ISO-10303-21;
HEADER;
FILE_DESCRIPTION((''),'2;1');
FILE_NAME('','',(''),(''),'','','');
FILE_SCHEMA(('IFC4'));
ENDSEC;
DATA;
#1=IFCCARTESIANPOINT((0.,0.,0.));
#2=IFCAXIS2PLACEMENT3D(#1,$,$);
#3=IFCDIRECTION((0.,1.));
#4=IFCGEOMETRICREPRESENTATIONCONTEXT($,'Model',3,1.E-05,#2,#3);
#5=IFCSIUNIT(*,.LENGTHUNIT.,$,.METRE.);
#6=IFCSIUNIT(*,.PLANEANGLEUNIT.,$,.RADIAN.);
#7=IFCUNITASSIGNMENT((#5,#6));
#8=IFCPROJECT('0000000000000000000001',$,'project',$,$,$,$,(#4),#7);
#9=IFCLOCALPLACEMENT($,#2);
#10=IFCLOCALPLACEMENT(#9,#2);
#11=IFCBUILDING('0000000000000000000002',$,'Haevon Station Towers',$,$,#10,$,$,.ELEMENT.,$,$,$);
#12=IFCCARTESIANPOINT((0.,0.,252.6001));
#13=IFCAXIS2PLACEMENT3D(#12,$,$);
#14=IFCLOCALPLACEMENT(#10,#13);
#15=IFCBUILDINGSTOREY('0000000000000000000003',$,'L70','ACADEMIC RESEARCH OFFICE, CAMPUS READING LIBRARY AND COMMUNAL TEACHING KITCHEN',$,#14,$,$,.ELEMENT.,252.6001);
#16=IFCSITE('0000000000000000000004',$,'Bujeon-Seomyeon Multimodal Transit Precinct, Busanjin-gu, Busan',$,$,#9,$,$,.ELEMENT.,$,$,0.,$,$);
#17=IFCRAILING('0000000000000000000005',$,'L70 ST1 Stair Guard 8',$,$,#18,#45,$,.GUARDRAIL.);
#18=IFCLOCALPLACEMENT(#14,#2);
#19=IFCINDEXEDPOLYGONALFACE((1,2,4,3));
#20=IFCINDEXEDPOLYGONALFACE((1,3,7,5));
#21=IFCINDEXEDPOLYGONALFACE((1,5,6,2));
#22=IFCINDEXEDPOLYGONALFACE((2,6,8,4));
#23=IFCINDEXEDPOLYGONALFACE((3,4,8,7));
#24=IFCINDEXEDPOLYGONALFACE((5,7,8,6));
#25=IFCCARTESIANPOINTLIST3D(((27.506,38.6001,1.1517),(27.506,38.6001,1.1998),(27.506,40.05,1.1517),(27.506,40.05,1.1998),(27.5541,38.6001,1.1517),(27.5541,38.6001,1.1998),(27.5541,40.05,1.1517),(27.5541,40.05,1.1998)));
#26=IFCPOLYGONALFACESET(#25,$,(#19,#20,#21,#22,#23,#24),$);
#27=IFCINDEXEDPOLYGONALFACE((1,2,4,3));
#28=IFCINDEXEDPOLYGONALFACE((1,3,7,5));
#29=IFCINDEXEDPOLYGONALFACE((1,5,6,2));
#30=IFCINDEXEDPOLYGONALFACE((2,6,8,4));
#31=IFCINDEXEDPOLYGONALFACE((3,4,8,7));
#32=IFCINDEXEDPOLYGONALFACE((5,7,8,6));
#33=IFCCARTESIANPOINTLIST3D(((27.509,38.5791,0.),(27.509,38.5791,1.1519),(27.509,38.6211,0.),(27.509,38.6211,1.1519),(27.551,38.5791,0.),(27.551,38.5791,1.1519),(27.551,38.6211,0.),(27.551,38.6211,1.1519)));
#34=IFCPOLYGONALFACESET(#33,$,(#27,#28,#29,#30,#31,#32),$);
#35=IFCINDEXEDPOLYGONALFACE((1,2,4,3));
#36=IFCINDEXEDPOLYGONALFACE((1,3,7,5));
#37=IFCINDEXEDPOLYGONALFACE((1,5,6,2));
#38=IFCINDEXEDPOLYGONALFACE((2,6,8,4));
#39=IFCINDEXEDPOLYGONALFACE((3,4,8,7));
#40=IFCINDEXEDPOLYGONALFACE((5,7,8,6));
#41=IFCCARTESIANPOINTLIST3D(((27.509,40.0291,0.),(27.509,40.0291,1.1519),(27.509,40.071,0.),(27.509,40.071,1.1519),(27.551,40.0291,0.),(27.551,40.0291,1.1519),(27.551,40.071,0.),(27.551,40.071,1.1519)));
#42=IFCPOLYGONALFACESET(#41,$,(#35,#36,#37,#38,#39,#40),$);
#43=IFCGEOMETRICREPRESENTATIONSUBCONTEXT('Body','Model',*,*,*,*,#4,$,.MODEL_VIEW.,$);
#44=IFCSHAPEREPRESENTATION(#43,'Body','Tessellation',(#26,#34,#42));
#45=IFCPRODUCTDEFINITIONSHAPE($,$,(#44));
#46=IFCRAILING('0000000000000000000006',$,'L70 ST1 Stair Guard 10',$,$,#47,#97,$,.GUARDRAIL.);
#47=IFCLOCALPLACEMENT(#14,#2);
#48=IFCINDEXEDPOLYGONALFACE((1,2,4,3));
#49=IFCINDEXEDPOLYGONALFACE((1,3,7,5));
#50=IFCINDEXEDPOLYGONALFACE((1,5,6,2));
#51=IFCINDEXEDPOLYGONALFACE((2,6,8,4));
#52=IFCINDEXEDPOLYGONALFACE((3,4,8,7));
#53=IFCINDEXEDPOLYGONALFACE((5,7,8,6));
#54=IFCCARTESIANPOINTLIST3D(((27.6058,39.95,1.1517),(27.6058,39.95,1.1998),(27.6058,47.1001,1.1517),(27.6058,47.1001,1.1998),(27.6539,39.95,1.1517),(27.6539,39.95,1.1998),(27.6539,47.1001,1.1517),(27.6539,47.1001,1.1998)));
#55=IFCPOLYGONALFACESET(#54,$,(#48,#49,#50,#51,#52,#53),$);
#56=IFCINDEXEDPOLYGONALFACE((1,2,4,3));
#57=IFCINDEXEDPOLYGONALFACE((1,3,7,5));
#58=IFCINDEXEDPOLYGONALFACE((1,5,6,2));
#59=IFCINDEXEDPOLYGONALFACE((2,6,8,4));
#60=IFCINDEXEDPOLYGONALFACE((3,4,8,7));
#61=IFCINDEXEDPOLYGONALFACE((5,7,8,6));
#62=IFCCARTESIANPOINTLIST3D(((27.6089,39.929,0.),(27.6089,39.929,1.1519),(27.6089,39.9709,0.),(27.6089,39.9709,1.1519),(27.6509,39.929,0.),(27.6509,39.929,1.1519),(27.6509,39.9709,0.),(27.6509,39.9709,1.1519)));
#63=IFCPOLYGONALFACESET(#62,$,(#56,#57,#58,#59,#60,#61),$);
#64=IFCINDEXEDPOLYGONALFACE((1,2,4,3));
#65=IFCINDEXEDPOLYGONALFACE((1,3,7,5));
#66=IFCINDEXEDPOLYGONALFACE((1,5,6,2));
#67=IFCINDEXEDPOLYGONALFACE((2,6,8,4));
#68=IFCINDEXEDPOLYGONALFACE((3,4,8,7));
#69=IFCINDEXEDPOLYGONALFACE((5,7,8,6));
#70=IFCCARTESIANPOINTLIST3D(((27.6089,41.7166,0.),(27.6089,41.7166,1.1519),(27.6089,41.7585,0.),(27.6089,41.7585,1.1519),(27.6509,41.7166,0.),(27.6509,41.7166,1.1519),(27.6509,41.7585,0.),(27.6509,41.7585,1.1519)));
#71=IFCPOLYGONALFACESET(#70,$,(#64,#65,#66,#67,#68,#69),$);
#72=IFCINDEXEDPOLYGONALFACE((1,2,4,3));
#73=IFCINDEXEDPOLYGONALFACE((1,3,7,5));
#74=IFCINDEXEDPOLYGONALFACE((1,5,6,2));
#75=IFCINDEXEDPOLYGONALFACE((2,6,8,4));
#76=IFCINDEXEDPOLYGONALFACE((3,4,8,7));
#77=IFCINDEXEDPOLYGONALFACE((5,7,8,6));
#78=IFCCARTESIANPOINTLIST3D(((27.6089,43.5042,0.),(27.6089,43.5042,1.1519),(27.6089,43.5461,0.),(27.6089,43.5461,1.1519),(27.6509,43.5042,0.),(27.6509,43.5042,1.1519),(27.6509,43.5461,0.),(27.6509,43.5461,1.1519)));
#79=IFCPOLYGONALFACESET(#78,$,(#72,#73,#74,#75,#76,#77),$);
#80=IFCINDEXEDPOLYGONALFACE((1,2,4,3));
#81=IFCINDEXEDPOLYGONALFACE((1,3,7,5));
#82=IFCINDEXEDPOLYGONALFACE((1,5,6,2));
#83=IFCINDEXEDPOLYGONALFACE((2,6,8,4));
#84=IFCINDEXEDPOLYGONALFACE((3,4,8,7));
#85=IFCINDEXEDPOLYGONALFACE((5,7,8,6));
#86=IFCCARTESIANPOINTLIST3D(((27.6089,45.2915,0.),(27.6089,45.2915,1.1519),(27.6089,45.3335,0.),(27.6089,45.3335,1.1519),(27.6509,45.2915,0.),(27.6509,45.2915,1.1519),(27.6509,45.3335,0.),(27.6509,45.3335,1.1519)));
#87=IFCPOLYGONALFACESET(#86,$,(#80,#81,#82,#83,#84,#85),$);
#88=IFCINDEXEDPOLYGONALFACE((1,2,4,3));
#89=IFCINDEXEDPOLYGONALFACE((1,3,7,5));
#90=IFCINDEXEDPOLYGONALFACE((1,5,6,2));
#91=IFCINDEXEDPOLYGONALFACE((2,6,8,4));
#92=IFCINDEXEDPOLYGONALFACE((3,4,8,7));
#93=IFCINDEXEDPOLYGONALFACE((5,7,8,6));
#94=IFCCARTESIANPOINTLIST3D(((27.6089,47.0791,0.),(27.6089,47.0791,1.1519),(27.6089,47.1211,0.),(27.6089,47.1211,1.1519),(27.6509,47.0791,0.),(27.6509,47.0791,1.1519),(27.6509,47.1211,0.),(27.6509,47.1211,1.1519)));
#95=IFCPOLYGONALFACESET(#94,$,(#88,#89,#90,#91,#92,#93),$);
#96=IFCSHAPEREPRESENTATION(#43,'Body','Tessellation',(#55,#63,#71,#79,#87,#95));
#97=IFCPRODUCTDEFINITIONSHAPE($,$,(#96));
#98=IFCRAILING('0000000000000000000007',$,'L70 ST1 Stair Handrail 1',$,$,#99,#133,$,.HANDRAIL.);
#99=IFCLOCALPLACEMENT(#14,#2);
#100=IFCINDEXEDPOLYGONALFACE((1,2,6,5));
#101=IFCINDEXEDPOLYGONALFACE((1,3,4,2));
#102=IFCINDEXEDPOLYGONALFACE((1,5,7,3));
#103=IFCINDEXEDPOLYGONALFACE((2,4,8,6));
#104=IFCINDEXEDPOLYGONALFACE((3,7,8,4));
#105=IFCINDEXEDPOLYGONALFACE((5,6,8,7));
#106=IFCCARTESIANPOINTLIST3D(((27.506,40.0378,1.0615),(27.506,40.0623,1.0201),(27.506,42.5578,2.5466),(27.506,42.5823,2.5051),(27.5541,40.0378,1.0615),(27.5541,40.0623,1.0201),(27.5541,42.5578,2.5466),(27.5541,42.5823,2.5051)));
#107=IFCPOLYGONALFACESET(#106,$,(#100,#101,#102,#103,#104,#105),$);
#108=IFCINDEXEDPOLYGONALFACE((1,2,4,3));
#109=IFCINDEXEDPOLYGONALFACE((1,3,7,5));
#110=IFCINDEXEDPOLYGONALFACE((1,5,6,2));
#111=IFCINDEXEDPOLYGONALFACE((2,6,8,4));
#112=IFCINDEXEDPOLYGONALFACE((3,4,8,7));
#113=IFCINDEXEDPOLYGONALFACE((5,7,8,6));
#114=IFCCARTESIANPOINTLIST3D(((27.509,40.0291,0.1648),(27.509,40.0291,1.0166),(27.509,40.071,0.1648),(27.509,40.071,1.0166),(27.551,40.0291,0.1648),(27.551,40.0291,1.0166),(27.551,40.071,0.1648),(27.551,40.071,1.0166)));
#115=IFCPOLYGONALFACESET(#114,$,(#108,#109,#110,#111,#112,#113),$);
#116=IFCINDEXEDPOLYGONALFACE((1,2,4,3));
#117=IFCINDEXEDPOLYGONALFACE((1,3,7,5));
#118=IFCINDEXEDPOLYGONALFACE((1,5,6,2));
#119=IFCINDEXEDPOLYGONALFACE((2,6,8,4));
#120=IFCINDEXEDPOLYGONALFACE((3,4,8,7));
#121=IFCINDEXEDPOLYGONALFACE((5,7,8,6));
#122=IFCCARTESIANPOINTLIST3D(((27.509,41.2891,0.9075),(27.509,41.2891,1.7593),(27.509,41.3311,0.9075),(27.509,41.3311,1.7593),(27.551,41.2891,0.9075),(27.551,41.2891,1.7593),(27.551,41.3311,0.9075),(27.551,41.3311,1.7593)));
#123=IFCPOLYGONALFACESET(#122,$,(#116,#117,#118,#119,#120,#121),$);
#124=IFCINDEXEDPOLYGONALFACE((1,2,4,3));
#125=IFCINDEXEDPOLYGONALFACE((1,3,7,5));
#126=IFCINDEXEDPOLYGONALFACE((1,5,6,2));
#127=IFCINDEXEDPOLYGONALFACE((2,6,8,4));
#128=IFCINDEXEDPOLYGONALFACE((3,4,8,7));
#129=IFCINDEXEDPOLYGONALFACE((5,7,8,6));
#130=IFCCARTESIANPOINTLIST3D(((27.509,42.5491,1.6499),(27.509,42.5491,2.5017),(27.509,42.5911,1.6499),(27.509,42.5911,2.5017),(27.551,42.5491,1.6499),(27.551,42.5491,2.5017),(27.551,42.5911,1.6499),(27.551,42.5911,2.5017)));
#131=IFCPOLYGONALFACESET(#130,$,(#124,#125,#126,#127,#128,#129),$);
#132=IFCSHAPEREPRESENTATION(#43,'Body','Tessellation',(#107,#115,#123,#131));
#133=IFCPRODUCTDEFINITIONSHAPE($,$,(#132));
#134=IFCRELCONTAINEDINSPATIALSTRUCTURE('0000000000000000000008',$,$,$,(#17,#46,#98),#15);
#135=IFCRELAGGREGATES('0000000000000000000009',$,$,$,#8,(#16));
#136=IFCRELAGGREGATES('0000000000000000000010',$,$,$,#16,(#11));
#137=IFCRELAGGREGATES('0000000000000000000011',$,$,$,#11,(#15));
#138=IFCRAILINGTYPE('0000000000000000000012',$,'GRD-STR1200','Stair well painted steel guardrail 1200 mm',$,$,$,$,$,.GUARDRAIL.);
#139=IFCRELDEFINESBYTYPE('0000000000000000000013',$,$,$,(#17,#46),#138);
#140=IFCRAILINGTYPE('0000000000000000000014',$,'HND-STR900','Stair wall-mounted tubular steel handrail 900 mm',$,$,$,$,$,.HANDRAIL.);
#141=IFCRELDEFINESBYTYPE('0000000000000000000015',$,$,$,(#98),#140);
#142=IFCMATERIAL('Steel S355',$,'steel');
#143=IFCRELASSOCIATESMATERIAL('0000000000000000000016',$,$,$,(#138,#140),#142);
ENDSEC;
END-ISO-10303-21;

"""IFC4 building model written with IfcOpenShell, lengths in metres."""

from ifc_helpers import new_model, si_unit, direction, frame, origin, origin_2d, place, context, subcontext, project, spatial, rectangle, extrude, material, type_object, element, save


model = new_model("IFC4")

# Units and contexts
model_context = context("Model", 3, precision=1e-05, world=origin(), true_north=direction((0.0, 1.0)))
body_context = subcontext(model_context, "Body", "Model", "MODEL_VIEW")
ifc_project = project(units=[si_unit("LENGTHUNIT", "METRE"), si_unit("PLANEANGLEUNIT", "RADIAN")], contexts=[model_context])

# Site, building, storey
site_placement = place(None, origin())
site = spatial("IfcSite", under=ifc_project, at=site_placement, Name="Bujeon-Seomyeon Multimodal Transit Precinct, Busanjin-gu, Busan", CompositionType="ELEMENT", RefElevation=0.0)
building_placement = place(site_placement, origin())
building = spatial("IfcBuilding", under=site, at=building_placement, Name="Haevon Station Towers", CompositionType="ELEMENT")
storey_placement = place(building_placement, frame((0.0, 0.0, 252.6001)))
storey = spatial("IfcBuildingStorey", under=building, at=storey_placement, Name="L70", Description="ACADEMIC RESEARCH OFFICE, CAMPUS READING LIBRARY AND COMMUNAL TEACHING KITCHEN", CompositionType="ELEMENT", Elevation=252.6001)

# Shared definitions
ifc_material_1 = material(Name="Steel S355", Category="steel")

# Railings
railing_type_1 = type_object("IfcRailingType", Name="GRD-STR1200", Description="Stair well painted steel guardrail 1200 mm", PredefinedType="GUARDRAIL", material=ifc_material_1)
railing_1_placement = place(storey_placement, frame((27.53, 38.6001, 0.0)))
element("IfcRailing", 1, at=railing_1_placement, inside=storey, type_object=railing_type_1, Name="L70 ST1 Stair Guard 8", PredefinedType="GUARDRAIL", context=body_context, shape_type="SweptSolid", body=[
    extrude(rectangle(XDim=0.0481, YDim=0.0481, at=origin_2d()), frame((0.0, 0.0, 1.1758), z_axis=(0.0, 1.0, 0.0), x_axis=(-1.0, 0.0, 0.0)), (0.0, 0.0, 1.0), 1.45),
    extrude(rectangle(XDim=0.042, YDim=0.042, at=origin_2d()), origin(), (0.0, 0.0, 1.0), 1.1519),
    extrude(rectangle(XDim=0.042, YDim=0.042, at=origin_2d()), frame((0.0, 1.45, 0.0)), (0.0, 0.0, 1.0), 1.1519),
])
railing_2_placement = place(storey_placement, frame((27.6299, 39.95, 0.0)))
element("IfcRailing", 2, at=railing_2_placement, inside=storey, type_object=railing_type_1, Name="L70 ST1 Stair Guard 10", PredefinedType="GUARDRAIL", context=body_context, shape_type="SweptSolid", body=[
    extrude(rectangle(XDim=0.0481, YDim=0.0481, at=origin_2d()), frame((0.0, 0.0, 1.1758), z_axis=(0.0, 1.0, 0.0), x_axis=(-1.0, 0.0, 0.0)), (0.0, 0.0, 1.0), 7.1501),
    extrude(rectangle(XDim=0.042, YDim=0.042, at=origin_2d()), origin(), (0.0, 0.0, 1.0), 1.1519),
    extrude(rectangle(XDim=0.042, YDim=0.042, at=origin_2d()), frame((0.0, 1.7876, 0.0)), (0.0, 0.0, 1.0), 1.1519),
    extrude(rectangle(XDim=0.042, YDim=0.042, at=origin_2d()), frame((0.0, 3.5752, 0.0)), (0.0, 0.0, 1.0), 1.1519),
    extrude(rectangle(XDim=0.042, YDim=0.042, at=origin_2d()), frame((0.0, 5.3625, 0.0)), (0.0, 0.0, 1.0), 1.1519),
    extrude(rectangle(XDim=0.042, YDim=0.042, at=origin_2d()), frame((0.0, 7.1501, 0.0)), (0.0, 0.0, 1.0), 1.1519),
])
railing_type_2 = type_object("IfcRailingType", Name="HND-STR900", Description="Stair wall-mounted tubular steel handrail 900 mm", PredefinedType="HANDRAIL", material=ifc_material_1)
railing_3_placement = place(storey_placement, frame((27.53, 40.05, 0.1648)))
element("IfcRailing", 3, at=railing_3_placement, inside=storey, type_object=railing_type_2, Name="L70 ST1 Stair Handrail 1", PredefinedType="HANDRAIL", context=body_context, shape_type="SweptSolid", body=[
    extrude(rectangle(XDim=0.0481, YDim=0.0481, at=origin_2d()), frame((0.0, 0.0, 0.876), z_axis=(0.0, 0.861524, 0.507717), x_axis=(-1.0, 0.0, 0.0)), (0.0, 0.0, 1.0), 2.925),
    extrude(rectangle(XDim=0.042, YDim=0.042, at=origin_2d()), origin(), (0.0, 0.0, 1.0), 0.8518),
    extrude(rectangle(XDim=0.042, YDim=0.042, at=origin_2d()), frame((0.0, 1.26, 0.7427)), (0.0, 0.0, 1.0), 0.8518),
    extrude(rectangle(XDim=0.042, YDim=0.042, at=origin_2d()), frame((0.0, 2.52, 1.4851)), (0.0, 0.0, 1.0), 0.8518),
])

save(model, "model.ifc")
